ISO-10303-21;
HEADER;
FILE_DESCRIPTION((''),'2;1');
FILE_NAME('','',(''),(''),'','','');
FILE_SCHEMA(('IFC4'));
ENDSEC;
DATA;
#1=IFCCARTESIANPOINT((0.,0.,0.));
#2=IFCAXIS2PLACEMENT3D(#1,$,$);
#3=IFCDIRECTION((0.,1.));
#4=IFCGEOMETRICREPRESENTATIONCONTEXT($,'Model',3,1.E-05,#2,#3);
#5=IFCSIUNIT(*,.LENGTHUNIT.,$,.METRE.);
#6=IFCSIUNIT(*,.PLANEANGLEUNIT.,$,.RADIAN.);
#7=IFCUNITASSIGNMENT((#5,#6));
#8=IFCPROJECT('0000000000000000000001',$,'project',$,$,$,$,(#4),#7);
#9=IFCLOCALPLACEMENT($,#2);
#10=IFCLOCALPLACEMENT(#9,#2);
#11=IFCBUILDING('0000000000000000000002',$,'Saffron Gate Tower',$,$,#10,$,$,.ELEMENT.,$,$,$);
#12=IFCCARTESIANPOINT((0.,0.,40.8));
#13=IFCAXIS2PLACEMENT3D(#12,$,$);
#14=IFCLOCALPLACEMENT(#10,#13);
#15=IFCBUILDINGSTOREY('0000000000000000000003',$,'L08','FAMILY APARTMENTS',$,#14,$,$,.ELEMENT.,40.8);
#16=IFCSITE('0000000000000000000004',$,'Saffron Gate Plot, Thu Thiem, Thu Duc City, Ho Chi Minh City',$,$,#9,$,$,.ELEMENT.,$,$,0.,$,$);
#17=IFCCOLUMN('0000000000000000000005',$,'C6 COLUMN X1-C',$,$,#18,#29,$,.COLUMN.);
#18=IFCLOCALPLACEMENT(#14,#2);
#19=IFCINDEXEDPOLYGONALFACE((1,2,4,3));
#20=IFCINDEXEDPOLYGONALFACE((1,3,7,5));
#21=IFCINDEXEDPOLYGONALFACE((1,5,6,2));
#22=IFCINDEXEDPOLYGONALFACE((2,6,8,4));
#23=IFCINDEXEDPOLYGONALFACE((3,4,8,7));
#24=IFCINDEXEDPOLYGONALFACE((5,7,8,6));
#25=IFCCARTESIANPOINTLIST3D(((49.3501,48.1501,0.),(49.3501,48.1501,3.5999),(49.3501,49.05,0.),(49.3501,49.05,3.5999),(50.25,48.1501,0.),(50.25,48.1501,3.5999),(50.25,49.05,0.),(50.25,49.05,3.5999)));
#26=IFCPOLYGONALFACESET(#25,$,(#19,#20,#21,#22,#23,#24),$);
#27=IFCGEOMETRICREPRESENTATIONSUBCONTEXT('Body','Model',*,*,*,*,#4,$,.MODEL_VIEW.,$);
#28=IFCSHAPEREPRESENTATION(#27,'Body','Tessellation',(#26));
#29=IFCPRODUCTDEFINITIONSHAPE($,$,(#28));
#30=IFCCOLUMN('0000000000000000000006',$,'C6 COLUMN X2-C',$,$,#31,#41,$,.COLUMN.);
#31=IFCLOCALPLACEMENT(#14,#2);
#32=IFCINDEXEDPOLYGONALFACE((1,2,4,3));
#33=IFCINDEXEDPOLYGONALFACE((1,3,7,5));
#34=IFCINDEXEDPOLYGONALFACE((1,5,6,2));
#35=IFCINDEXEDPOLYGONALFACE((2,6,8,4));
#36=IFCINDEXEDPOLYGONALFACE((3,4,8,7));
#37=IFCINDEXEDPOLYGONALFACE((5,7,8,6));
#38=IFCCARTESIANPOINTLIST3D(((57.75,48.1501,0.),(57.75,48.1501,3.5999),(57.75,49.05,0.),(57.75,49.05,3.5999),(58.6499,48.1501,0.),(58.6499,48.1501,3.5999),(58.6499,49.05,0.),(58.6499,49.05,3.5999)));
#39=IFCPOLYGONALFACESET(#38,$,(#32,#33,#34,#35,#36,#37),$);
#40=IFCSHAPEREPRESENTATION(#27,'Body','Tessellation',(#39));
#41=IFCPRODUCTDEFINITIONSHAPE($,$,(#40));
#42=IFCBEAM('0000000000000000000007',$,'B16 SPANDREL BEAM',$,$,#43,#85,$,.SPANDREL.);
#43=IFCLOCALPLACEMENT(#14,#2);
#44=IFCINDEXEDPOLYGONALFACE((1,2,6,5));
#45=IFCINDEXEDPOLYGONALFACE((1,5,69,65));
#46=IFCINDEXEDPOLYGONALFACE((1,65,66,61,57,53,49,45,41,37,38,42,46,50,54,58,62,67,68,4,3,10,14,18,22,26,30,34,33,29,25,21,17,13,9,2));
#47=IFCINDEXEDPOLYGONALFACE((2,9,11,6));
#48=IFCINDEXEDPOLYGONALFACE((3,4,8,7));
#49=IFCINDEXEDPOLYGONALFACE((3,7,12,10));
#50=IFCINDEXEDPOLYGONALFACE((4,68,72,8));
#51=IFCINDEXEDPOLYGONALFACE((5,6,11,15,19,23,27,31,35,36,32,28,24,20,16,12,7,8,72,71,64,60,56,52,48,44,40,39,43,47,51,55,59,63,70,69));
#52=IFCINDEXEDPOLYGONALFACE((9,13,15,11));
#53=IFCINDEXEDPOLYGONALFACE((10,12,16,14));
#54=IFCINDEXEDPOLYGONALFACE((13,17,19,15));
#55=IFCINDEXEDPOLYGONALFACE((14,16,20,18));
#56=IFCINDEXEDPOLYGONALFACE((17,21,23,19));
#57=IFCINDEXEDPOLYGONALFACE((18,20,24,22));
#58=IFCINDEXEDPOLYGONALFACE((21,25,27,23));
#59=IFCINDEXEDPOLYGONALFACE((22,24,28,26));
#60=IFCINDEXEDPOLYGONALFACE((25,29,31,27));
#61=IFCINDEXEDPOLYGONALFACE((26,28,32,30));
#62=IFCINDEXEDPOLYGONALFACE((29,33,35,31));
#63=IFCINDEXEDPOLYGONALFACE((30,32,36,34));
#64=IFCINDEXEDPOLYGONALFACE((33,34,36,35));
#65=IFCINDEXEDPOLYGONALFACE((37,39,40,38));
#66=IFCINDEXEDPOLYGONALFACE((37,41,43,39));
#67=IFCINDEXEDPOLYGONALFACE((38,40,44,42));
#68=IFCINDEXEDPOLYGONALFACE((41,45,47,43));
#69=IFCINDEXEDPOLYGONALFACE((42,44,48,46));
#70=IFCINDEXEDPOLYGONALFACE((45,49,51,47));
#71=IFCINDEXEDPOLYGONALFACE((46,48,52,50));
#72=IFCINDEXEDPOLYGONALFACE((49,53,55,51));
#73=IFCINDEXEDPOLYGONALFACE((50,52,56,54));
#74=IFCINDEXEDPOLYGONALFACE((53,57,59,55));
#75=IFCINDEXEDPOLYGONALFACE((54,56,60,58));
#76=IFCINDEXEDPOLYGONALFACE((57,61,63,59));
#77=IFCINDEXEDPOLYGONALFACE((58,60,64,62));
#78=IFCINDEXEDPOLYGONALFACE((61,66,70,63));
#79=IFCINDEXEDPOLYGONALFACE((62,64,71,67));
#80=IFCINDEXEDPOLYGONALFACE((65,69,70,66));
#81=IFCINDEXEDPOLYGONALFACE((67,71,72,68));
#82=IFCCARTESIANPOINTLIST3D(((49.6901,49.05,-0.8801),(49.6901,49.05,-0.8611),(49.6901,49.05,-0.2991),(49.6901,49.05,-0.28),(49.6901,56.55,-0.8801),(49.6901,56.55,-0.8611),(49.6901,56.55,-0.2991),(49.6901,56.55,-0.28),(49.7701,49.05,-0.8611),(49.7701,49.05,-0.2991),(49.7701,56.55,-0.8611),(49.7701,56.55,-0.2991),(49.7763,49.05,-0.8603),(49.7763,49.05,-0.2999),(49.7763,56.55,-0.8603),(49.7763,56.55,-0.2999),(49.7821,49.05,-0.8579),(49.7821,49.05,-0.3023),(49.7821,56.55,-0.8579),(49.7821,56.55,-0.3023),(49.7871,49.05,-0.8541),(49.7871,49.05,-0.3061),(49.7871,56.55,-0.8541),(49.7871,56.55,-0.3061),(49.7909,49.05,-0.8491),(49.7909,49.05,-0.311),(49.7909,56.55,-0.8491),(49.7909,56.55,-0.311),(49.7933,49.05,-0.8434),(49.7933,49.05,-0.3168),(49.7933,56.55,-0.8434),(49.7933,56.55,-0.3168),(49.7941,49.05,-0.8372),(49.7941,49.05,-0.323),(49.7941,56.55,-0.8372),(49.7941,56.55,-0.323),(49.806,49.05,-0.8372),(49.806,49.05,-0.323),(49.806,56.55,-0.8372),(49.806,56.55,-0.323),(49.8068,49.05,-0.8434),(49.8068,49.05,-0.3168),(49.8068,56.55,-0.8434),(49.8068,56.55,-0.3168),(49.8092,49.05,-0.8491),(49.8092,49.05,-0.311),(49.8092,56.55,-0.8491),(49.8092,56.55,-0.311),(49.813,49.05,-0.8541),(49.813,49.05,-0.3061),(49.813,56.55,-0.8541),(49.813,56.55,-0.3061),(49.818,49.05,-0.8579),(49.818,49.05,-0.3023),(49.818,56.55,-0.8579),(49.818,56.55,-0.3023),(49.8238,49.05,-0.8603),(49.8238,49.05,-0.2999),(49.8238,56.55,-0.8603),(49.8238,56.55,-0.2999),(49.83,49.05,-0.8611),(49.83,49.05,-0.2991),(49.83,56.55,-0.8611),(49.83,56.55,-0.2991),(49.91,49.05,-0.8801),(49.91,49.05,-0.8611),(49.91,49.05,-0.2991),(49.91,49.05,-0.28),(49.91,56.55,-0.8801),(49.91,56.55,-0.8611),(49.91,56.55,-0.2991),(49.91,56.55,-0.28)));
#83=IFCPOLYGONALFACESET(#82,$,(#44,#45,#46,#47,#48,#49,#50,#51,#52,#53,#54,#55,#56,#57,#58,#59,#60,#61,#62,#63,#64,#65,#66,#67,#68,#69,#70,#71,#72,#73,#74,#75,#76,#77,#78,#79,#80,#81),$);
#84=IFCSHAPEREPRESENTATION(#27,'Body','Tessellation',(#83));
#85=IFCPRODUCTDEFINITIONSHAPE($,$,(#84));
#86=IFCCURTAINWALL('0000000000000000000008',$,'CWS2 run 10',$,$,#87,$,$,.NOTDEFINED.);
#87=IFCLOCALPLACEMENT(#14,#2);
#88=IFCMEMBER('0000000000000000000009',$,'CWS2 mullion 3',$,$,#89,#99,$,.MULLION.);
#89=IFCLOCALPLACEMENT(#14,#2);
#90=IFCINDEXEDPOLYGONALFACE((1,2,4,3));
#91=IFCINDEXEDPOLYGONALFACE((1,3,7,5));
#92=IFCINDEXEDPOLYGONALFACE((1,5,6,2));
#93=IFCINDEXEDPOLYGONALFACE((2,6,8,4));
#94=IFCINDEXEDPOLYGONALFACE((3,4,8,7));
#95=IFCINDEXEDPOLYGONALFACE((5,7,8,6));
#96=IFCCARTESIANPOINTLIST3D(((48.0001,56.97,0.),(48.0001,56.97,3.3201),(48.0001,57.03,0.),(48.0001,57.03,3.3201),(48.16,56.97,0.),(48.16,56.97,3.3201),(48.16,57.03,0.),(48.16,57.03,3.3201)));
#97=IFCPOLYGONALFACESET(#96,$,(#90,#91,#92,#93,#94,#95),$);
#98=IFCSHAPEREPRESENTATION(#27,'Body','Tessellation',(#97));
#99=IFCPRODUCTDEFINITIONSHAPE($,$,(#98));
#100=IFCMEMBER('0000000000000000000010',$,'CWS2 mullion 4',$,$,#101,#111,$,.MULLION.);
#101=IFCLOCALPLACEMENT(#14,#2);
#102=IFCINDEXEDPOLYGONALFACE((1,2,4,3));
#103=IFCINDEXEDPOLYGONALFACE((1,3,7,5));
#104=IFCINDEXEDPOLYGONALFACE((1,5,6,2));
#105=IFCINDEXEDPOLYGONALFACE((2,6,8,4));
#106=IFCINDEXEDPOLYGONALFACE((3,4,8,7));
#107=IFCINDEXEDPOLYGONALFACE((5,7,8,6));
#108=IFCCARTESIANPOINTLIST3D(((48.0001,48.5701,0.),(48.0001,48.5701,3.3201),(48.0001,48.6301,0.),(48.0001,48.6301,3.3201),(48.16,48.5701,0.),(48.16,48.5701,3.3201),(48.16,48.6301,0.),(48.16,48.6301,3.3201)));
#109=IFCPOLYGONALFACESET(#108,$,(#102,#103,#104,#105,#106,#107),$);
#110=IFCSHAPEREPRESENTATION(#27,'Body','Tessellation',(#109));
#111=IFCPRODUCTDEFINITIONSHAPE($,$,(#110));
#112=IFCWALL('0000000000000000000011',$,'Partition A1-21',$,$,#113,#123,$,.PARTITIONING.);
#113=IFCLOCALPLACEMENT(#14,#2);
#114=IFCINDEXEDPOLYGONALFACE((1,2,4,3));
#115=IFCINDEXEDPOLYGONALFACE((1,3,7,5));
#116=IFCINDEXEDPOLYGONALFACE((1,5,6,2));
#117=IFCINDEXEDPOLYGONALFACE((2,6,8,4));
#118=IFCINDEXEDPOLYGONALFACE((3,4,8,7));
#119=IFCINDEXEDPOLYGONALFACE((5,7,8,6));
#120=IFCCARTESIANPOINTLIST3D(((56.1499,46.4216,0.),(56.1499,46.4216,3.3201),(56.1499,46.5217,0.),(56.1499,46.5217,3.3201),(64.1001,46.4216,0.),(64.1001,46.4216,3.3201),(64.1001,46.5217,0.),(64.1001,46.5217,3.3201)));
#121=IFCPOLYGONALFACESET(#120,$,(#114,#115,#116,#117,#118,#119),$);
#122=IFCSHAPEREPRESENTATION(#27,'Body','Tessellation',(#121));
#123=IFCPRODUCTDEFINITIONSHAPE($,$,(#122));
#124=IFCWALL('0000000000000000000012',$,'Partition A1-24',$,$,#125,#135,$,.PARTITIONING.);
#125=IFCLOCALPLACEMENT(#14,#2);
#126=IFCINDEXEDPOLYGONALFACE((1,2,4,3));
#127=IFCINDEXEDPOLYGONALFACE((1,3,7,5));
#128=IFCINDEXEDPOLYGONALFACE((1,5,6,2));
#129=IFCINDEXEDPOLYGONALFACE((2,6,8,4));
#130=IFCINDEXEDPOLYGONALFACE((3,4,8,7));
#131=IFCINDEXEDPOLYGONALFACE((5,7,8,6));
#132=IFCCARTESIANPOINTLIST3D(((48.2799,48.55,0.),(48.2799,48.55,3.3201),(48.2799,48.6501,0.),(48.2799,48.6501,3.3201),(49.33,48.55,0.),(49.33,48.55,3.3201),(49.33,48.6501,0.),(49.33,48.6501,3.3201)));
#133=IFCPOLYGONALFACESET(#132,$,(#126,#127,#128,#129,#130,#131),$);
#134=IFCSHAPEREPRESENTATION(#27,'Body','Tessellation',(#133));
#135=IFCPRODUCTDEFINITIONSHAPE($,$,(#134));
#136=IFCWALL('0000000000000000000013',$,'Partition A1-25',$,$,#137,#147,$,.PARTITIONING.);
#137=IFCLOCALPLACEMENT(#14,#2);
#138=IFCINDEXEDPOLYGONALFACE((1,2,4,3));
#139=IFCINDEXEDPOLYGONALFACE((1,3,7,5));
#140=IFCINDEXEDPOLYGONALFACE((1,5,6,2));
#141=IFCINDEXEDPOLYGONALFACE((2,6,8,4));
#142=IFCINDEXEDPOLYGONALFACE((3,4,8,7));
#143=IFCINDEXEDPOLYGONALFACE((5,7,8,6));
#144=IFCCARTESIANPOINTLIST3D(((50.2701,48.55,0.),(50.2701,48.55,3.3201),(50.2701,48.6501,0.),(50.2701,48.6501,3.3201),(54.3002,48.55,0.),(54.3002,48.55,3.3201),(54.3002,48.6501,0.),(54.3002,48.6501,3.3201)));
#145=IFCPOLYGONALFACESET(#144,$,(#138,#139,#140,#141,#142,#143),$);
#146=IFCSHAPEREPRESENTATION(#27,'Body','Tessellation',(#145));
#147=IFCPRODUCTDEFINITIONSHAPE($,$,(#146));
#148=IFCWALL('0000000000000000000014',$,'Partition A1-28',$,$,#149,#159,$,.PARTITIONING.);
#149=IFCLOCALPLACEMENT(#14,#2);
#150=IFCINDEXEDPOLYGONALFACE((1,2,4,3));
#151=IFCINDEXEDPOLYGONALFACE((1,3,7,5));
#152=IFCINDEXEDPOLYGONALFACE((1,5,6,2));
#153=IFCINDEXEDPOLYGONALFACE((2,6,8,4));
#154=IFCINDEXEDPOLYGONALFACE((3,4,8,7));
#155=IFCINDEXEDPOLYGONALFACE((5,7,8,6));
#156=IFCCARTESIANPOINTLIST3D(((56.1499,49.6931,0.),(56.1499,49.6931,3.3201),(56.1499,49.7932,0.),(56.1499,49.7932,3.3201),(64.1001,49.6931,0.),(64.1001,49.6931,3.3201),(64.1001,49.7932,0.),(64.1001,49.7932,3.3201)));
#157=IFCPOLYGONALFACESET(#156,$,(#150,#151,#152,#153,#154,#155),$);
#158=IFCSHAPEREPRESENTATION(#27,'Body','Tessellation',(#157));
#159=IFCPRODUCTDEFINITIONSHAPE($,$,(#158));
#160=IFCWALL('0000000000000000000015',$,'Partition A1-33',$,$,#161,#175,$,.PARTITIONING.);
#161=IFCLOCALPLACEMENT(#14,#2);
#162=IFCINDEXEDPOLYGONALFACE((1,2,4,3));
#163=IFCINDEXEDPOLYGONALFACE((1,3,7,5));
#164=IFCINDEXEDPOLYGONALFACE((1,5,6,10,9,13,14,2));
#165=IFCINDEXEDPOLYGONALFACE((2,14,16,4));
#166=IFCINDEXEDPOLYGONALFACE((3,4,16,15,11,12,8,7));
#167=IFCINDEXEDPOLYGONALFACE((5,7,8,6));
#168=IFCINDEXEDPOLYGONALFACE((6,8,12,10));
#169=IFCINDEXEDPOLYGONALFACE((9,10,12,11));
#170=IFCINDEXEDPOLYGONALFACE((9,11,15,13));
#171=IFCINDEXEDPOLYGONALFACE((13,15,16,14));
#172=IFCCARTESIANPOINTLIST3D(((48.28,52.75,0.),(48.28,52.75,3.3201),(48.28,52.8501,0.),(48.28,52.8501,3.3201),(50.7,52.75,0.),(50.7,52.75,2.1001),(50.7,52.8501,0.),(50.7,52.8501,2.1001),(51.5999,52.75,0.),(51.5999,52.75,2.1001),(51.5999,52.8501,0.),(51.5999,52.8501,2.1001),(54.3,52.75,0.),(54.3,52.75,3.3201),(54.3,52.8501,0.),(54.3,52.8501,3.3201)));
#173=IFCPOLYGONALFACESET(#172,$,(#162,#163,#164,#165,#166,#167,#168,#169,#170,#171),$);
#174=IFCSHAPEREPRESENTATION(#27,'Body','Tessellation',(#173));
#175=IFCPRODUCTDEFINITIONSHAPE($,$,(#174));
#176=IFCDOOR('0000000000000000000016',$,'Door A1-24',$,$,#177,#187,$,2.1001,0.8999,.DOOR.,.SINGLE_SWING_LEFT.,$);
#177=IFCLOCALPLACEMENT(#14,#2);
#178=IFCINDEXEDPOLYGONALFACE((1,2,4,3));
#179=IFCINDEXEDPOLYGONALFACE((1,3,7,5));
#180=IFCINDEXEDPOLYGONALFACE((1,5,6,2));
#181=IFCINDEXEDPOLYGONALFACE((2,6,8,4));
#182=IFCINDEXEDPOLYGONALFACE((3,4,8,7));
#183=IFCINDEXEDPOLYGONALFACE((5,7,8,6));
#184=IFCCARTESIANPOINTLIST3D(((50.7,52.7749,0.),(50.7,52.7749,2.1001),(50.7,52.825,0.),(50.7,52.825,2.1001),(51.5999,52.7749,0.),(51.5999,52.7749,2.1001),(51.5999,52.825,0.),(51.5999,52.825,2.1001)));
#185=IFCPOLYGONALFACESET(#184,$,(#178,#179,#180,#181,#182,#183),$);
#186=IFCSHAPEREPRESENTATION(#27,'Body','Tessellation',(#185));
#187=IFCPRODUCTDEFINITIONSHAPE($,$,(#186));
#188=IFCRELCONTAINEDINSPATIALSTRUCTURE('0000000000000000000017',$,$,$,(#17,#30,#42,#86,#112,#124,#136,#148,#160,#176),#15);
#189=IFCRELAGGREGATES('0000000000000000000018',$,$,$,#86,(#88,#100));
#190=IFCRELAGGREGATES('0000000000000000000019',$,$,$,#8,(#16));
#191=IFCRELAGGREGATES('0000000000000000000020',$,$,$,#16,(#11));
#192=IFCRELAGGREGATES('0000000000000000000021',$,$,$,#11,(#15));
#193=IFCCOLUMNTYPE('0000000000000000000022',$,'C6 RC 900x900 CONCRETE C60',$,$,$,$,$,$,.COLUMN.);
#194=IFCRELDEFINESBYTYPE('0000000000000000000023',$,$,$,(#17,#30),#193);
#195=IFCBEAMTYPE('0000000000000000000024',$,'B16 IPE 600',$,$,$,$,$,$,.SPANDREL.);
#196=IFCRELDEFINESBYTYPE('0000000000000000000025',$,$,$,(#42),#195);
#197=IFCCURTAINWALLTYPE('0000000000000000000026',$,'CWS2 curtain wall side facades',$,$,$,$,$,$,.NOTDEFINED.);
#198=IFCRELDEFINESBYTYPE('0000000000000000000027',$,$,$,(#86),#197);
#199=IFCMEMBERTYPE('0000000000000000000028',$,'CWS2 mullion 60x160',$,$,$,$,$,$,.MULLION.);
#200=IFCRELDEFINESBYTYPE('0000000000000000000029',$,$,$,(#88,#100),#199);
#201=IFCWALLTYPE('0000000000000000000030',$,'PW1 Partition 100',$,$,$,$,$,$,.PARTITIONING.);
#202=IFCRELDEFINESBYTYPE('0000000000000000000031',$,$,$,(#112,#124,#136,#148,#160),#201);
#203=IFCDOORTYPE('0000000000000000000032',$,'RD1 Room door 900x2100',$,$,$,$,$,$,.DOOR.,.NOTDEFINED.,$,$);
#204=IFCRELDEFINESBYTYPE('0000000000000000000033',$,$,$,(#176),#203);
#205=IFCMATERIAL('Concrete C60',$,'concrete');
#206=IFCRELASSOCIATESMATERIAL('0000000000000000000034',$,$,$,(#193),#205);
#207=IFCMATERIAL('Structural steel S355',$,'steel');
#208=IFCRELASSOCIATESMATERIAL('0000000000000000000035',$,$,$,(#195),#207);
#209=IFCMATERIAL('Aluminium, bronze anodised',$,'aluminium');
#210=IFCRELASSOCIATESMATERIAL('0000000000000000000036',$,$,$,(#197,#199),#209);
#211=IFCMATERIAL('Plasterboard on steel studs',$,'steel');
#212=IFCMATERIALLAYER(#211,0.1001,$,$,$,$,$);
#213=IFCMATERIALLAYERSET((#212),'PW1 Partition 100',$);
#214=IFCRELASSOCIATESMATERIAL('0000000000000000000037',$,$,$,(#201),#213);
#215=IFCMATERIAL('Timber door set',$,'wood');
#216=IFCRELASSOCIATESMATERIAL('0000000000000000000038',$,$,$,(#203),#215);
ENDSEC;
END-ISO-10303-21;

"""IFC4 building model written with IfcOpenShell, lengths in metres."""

from ifc_helpers import new_model, si_unit, direction, frame, frame_2d, origin, origin_2d, place, context, subcontext, project, spatial, rectangle, i_section, extrude, material, layer, layer_set, material_profile, profile_set, type_object, element, fill, aggregate, save


model = new_model("IFC4")

# Units and contexts
model_context = context("Model", 3, precision=1e-05, world=origin(), true_north=direction((0.0, 1.0)))
body_context = subcontext(model_context, "Body", "Model", "MODEL_VIEW")
ifc_project = project(units=[si_unit("LENGTHUNIT", "METRE"), si_unit("PLANEANGLEUNIT", "RADIAN")], contexts=[model_context])

# Site, building, storey
site_placement = place(None, origin())
site = spatial("IfcSite", under=ifc_project, at=site_placement, Name="Saffron Gate Plot, Thu Thiem, Thu Duc City, Ho Chi Minh City", CompositionType="ELEMENT", RefElevation=0.0)
building_placement = place(site_placement, origin())
building = spatial("IfcBuilding", under=site, at=building_placement, Name="Saffron Gate Tower", CompositionType="ELEMENT")
storey_placement = place(building_placement, frame((0.0, 0.0, 40.8)))
storey = spatial("IfcBuildingStorey", under=building, at=storey_placement, Name="L08", Description="FAMILY APARTMENTS", CompositionType="ELEMENT", Elevation=40.8)

# Columns
ifc_material_1 = material(Name="Concrete C60", Category="concrete")
ifc_material_profile_1 = material_profile(ifc_material_1, rectangle(XDim=0.8999, YDim=0.8999, at=origin_2d()))
ifc_profile_set_1 = profile_set([ifc_material_profile_1], Name="Concrete C60")
column_type = type_object("IfcColumnType", Name="C6 RC 900x900 CONCRETE C60", PredefinedType="COLUMN", material=ifc_profile_set_1)
for number, where, z_axis, x_axis, name in (
    (1, (49.8, 48.6001, 0.0), (0.0, 0.0, 1.0), (1.0, 0.0, 0.0), "C6 COLUMN X1-C"),
    (2, (58.2, 48.6001, 0.0), (0.0, 0.0, 1.0), (1.0, 0.0, 0.0), "C6 COLUMN X2-C"),
):
    element("IfcColumn", number, at=place(storey_placement, frame(where, z_axis=z_axis, x_axis=x_axis)), inside=storey, type_object=column_type, Name=name, PredefinedType="COLUMN", context=body_context, shape_type="SweptSolid", body=[
        extrude(rectangle(XDim=0.8999, YDim=0.8999, at=origin_2d()), origin(), (0.0, 0.0, 1.0), 3.5999),
    ])

# Beam
ifc_material_2 = material(Name="Structural steel S355", Category="steel")
ifc_material_profile_2 = material_profile(ifc_material_2, i_section(OverallWidth=0.22, OverallDepth=0.6001, WebThickness=0.012, FlangeThickness=0.019, FilletRadius=0.0239, at=origin_2d()))
ifc_profile_set_2 = profile_set([ifc_material_profile_2], Name="Structural steel S355")
beam_type = type_object("IfcBeamType", Name="B16 IPE 600", PredefinedType="SPANDREL", material=ifc_profile_set_2)
beam_placement = place(storey_placement, frame((49.8, 49.05, -0.5801), z_axis=(0.0, 1.0, 0.0), x_axis=(-1.0, 0.0, 0.0)))
element("IfcBeam", 3, at=beam_placement, inside=storey, type_object=beam_type, Name="B16 SPANDREL BEAM", PredefinedType="SPANDREL", context=body_context, shape_type="SweptSolid", body=[
    extrude(i_section(OverallWidth=0.22, OverallDepth=0.6001, WebThickness=0.012, FlangeThickness=0.019, FilletRadius=0.0239, at=origin_2d()), origin(), (0.0, 0.0, 1.0), 7.5),
])

# Curtain wall, members
ifc_material_3 = material(Name="Aluminium, bronze anodised", Category="aluminium")
curtain_wall_type = type_object("IfcCurtainWallType", Name="CWS2 curtain wall side facades", PredefinedType="NOTDEFINED", material=ifc_material_3)
curtain_wall_placement = place(storey_placement, origin())
curtain_wall = element("IfcCurtainWall", 4, at=curtain_wall_placement, inside=storey, type_object=curtain_wall_type, Name="CWS2 run 10", PredefinedType="NOTDEFINED")
ifc_material_profile_3 = material_profile(ifc_material_3, rectangle(XDim=0.1599, YDim=0.0601, at=origin_2d()))
ifc_profile_set_3 = profile_set([ifc_material_profile_3], Name="Aluminium, bronze anodised")
member_type = type_object("IfcMemberType", Name="CWS2 mullion 60x160", PredefinedType="MULLION", material=ifc_profile_set_3)
member_1_placement = place(storey_placement, frame((48.0801, 57.0, 0.0), z_axis=(0.0, 0.0, 1.0), x_axis=(1.0, 0.0, 0.0)))
member_1 = element("IfcMember", 5, at=member_1_placement, type_object=member_type, Name="CWS2 mullion 3", PredefinedType="MULLION", context=body_context, shape_type="SweptSolid", body=[
    extrude(rectangle(XDim=0.1599, YDim=0.0601, at=origin_2d()), origin(), (0.0, 0.0, 1.0), 3.3201),
])
member_2_placement = place(storey_placement, frame((48.0801, 48.6001, 0.0), z_axis=(0.0, 0.0, 1.0), x_axis=(1.0, 0.0, 0.0)))
member_2 = element("IfcMember", 6, at=member_2_placement, type_object=member_type, Name="CWS2 mullion 4", PredefinedType="MULLION", context=body_context, shape_type="SweptSolid", body=[
    extrude(rectangle(XDim=0.1599, YDim=0.0601, at=origin_2d()), origin(), (0.0, 0.0, 1.0), 3.3201),
])
aggregate(curtain_wall, [member_1, member_2])

# Walls
ifc_material_4 = material(Name="Plasterboard on steel studs", Category="steel")
ifc_layer = layer(ifc_material_4, 0.1001)
ifc_layer_set = layer_set([ifc_layer], Name="PW1 Partition 100")
wall_type = type_object("IfcWallType", Name="PW1 Partition 100", PredefinedType="PARTITIONING", material=ifc_layer_set)
wall_1_placement = place(storey_placement, frame((56.1499, 46.4717, 0.0), z_axis=(0.0, 0.0, 1.0), x_axis=(1.0, 0.0, 0.0)))
element("IfcWall", 7, at=wall_1_placement, inside=storey, type_object=wall_type, Name="Partition A1-21", PredefinedType="PARTITIONING", context=body_context, shape_type="SweptSolid", body=[
    extrude(rectangle(XDim=7.9502, YDim=0.1001, at=frame_2d((3.9751, 0.0))), origin(), (0.0, 0.0, 1.0), 3.3201),
])
wall_2_placement = place(storey_placement, frame((48.28, 48.6001, 0.0), z_axis=(0.0, 0.0, 1.0), x_axis=(1.0, 0.0, 0.0)))
element("IfcWall", 8, at=wall_2_placement, inside=storey, type_object=wall_type, Name="Partition A1-24", PredefinedType="PARTITIONING", context=body_context, shape_type="SweptSolid", body=[
    extrude(rectangle(XDim=1.05, YDim=0.1001, at=frame_2d((0.5249, 0.0))), origin(), (0.0, 0.0, 1.0), 3.3201),
])
wall_3_placement = place(storey_placement, frame((50.27, 48.6001, 0.0), z_axis=(0.0, 0.0, 1.0), x_axis=(1.0, 0.0, 0.0)))
element("IfcWall", 9, at=wall_3_placement, inside=storey, type_object=wall_type, Name="Partition A1-25", PredefinedType="PARTITIONING", context=body_context, shape_type="SweptSolid", body=[
    extrude(rectangle(XDim=4.03, YDim=0.1001, at=frame_2d((2.0151, 0.0))), origin(), (0.0, 0.0, 1.0), 3.3201),
])
wall_4_placement = place(storey_placement, frame((56.1499, 49.7432, 0.0), z_axis=(0.0, 0.0, 1.0), x_axis=(1.0, 0.0, 0.0)))
element("IfcWall", 10, at=wall_4_placement, inside=storey, type_object=wall_type, Name="Partition A1-28", PredefinedType="PARTITIONING", context=body_context, shape_type="SweptSolid", body=[
    extrude(rectangle(XDim=7.9502, YDim=0.1001, at=frame_2d((3.9751, 0.0))), origin(), (0.0, 0.0, 1.0), 3.3201),
])

# Wall, opening, door
wall_5_placement = place(storey_placement, frame((48.28, 52.8, 0.0), z_axis=(0.0, 0.0, 1.0), x_axis=(1.0, 0.0, 0.0)))
wall_5 = element("IfcWall", 11, at=wall_5_placement, inside=storey, type_object=wall_type, Name="Partition A1-33", PredefinedType="PARTITIONING", context=body_context, shape_type="SweptSolid", body=[
    extrude(rectangle(XDim=6.02, YDim=0.1001, at=frame_2d((3.01, 0.0))), origin(), (0.0, 0.0, 1.0), 3.3201),
])
opening_1_placement = place(wall_5_placement, frame((2.4199, 0.0, 0.0)))
opening_1 = element("IfcOpeningElement", 12, at=opening_1_placement, cuts=wall_5, PredefinedType="OPENING", context=body_context, shape_type="SweptSolid", body=[
    extrude(rectangle(XDim=0.8999, YDim=2.1001, at=frame_2d((0.45, 1.05))), frame((0.0, 0.0601, 0.0), z_axis=(0.0, -1.0, 0.0), x_axis=(1.0, 0.0, 0.0)), (0.0, 0.0, 1.0), 0.1201),
])
ifc_material_5 = material(Name="Timber door set", Category="wood")
door_type_1 = type_object("IfcDoorType", Name="RD1 Room door 900x2100", OperationType="NOTDEFINED", PredefinedType="DOOR", material=ifc_material_5)
door_1_placement = place(opening_1_placement, origin())
door_1 = element("IfcDoor", 13, at=door_1_placement, inside=storey, type_object=door_type_1, Name="Door A1-24", OperationType="SINGLE_SWING_LEFT", OverallHeight=2.1001, OverallWidth=0.8999, PredefinedType="DOOR", context=body_context, shape_type="SweptSolid", body=[
    extrude(rectangle(XDim=0.8999, YDim=2.1001, at=frame_2d((0.45, 1.05))), frame((0.0, 0.0249, 0.0), z_axis=(0.0, -1.0, 0.0), x_axis=(1.0, 0.0, 0.0)), (0.0, 0.0, 1.0), 0.05),
])
fill(opening_1, door_1)

save(model, "model.ifc")
